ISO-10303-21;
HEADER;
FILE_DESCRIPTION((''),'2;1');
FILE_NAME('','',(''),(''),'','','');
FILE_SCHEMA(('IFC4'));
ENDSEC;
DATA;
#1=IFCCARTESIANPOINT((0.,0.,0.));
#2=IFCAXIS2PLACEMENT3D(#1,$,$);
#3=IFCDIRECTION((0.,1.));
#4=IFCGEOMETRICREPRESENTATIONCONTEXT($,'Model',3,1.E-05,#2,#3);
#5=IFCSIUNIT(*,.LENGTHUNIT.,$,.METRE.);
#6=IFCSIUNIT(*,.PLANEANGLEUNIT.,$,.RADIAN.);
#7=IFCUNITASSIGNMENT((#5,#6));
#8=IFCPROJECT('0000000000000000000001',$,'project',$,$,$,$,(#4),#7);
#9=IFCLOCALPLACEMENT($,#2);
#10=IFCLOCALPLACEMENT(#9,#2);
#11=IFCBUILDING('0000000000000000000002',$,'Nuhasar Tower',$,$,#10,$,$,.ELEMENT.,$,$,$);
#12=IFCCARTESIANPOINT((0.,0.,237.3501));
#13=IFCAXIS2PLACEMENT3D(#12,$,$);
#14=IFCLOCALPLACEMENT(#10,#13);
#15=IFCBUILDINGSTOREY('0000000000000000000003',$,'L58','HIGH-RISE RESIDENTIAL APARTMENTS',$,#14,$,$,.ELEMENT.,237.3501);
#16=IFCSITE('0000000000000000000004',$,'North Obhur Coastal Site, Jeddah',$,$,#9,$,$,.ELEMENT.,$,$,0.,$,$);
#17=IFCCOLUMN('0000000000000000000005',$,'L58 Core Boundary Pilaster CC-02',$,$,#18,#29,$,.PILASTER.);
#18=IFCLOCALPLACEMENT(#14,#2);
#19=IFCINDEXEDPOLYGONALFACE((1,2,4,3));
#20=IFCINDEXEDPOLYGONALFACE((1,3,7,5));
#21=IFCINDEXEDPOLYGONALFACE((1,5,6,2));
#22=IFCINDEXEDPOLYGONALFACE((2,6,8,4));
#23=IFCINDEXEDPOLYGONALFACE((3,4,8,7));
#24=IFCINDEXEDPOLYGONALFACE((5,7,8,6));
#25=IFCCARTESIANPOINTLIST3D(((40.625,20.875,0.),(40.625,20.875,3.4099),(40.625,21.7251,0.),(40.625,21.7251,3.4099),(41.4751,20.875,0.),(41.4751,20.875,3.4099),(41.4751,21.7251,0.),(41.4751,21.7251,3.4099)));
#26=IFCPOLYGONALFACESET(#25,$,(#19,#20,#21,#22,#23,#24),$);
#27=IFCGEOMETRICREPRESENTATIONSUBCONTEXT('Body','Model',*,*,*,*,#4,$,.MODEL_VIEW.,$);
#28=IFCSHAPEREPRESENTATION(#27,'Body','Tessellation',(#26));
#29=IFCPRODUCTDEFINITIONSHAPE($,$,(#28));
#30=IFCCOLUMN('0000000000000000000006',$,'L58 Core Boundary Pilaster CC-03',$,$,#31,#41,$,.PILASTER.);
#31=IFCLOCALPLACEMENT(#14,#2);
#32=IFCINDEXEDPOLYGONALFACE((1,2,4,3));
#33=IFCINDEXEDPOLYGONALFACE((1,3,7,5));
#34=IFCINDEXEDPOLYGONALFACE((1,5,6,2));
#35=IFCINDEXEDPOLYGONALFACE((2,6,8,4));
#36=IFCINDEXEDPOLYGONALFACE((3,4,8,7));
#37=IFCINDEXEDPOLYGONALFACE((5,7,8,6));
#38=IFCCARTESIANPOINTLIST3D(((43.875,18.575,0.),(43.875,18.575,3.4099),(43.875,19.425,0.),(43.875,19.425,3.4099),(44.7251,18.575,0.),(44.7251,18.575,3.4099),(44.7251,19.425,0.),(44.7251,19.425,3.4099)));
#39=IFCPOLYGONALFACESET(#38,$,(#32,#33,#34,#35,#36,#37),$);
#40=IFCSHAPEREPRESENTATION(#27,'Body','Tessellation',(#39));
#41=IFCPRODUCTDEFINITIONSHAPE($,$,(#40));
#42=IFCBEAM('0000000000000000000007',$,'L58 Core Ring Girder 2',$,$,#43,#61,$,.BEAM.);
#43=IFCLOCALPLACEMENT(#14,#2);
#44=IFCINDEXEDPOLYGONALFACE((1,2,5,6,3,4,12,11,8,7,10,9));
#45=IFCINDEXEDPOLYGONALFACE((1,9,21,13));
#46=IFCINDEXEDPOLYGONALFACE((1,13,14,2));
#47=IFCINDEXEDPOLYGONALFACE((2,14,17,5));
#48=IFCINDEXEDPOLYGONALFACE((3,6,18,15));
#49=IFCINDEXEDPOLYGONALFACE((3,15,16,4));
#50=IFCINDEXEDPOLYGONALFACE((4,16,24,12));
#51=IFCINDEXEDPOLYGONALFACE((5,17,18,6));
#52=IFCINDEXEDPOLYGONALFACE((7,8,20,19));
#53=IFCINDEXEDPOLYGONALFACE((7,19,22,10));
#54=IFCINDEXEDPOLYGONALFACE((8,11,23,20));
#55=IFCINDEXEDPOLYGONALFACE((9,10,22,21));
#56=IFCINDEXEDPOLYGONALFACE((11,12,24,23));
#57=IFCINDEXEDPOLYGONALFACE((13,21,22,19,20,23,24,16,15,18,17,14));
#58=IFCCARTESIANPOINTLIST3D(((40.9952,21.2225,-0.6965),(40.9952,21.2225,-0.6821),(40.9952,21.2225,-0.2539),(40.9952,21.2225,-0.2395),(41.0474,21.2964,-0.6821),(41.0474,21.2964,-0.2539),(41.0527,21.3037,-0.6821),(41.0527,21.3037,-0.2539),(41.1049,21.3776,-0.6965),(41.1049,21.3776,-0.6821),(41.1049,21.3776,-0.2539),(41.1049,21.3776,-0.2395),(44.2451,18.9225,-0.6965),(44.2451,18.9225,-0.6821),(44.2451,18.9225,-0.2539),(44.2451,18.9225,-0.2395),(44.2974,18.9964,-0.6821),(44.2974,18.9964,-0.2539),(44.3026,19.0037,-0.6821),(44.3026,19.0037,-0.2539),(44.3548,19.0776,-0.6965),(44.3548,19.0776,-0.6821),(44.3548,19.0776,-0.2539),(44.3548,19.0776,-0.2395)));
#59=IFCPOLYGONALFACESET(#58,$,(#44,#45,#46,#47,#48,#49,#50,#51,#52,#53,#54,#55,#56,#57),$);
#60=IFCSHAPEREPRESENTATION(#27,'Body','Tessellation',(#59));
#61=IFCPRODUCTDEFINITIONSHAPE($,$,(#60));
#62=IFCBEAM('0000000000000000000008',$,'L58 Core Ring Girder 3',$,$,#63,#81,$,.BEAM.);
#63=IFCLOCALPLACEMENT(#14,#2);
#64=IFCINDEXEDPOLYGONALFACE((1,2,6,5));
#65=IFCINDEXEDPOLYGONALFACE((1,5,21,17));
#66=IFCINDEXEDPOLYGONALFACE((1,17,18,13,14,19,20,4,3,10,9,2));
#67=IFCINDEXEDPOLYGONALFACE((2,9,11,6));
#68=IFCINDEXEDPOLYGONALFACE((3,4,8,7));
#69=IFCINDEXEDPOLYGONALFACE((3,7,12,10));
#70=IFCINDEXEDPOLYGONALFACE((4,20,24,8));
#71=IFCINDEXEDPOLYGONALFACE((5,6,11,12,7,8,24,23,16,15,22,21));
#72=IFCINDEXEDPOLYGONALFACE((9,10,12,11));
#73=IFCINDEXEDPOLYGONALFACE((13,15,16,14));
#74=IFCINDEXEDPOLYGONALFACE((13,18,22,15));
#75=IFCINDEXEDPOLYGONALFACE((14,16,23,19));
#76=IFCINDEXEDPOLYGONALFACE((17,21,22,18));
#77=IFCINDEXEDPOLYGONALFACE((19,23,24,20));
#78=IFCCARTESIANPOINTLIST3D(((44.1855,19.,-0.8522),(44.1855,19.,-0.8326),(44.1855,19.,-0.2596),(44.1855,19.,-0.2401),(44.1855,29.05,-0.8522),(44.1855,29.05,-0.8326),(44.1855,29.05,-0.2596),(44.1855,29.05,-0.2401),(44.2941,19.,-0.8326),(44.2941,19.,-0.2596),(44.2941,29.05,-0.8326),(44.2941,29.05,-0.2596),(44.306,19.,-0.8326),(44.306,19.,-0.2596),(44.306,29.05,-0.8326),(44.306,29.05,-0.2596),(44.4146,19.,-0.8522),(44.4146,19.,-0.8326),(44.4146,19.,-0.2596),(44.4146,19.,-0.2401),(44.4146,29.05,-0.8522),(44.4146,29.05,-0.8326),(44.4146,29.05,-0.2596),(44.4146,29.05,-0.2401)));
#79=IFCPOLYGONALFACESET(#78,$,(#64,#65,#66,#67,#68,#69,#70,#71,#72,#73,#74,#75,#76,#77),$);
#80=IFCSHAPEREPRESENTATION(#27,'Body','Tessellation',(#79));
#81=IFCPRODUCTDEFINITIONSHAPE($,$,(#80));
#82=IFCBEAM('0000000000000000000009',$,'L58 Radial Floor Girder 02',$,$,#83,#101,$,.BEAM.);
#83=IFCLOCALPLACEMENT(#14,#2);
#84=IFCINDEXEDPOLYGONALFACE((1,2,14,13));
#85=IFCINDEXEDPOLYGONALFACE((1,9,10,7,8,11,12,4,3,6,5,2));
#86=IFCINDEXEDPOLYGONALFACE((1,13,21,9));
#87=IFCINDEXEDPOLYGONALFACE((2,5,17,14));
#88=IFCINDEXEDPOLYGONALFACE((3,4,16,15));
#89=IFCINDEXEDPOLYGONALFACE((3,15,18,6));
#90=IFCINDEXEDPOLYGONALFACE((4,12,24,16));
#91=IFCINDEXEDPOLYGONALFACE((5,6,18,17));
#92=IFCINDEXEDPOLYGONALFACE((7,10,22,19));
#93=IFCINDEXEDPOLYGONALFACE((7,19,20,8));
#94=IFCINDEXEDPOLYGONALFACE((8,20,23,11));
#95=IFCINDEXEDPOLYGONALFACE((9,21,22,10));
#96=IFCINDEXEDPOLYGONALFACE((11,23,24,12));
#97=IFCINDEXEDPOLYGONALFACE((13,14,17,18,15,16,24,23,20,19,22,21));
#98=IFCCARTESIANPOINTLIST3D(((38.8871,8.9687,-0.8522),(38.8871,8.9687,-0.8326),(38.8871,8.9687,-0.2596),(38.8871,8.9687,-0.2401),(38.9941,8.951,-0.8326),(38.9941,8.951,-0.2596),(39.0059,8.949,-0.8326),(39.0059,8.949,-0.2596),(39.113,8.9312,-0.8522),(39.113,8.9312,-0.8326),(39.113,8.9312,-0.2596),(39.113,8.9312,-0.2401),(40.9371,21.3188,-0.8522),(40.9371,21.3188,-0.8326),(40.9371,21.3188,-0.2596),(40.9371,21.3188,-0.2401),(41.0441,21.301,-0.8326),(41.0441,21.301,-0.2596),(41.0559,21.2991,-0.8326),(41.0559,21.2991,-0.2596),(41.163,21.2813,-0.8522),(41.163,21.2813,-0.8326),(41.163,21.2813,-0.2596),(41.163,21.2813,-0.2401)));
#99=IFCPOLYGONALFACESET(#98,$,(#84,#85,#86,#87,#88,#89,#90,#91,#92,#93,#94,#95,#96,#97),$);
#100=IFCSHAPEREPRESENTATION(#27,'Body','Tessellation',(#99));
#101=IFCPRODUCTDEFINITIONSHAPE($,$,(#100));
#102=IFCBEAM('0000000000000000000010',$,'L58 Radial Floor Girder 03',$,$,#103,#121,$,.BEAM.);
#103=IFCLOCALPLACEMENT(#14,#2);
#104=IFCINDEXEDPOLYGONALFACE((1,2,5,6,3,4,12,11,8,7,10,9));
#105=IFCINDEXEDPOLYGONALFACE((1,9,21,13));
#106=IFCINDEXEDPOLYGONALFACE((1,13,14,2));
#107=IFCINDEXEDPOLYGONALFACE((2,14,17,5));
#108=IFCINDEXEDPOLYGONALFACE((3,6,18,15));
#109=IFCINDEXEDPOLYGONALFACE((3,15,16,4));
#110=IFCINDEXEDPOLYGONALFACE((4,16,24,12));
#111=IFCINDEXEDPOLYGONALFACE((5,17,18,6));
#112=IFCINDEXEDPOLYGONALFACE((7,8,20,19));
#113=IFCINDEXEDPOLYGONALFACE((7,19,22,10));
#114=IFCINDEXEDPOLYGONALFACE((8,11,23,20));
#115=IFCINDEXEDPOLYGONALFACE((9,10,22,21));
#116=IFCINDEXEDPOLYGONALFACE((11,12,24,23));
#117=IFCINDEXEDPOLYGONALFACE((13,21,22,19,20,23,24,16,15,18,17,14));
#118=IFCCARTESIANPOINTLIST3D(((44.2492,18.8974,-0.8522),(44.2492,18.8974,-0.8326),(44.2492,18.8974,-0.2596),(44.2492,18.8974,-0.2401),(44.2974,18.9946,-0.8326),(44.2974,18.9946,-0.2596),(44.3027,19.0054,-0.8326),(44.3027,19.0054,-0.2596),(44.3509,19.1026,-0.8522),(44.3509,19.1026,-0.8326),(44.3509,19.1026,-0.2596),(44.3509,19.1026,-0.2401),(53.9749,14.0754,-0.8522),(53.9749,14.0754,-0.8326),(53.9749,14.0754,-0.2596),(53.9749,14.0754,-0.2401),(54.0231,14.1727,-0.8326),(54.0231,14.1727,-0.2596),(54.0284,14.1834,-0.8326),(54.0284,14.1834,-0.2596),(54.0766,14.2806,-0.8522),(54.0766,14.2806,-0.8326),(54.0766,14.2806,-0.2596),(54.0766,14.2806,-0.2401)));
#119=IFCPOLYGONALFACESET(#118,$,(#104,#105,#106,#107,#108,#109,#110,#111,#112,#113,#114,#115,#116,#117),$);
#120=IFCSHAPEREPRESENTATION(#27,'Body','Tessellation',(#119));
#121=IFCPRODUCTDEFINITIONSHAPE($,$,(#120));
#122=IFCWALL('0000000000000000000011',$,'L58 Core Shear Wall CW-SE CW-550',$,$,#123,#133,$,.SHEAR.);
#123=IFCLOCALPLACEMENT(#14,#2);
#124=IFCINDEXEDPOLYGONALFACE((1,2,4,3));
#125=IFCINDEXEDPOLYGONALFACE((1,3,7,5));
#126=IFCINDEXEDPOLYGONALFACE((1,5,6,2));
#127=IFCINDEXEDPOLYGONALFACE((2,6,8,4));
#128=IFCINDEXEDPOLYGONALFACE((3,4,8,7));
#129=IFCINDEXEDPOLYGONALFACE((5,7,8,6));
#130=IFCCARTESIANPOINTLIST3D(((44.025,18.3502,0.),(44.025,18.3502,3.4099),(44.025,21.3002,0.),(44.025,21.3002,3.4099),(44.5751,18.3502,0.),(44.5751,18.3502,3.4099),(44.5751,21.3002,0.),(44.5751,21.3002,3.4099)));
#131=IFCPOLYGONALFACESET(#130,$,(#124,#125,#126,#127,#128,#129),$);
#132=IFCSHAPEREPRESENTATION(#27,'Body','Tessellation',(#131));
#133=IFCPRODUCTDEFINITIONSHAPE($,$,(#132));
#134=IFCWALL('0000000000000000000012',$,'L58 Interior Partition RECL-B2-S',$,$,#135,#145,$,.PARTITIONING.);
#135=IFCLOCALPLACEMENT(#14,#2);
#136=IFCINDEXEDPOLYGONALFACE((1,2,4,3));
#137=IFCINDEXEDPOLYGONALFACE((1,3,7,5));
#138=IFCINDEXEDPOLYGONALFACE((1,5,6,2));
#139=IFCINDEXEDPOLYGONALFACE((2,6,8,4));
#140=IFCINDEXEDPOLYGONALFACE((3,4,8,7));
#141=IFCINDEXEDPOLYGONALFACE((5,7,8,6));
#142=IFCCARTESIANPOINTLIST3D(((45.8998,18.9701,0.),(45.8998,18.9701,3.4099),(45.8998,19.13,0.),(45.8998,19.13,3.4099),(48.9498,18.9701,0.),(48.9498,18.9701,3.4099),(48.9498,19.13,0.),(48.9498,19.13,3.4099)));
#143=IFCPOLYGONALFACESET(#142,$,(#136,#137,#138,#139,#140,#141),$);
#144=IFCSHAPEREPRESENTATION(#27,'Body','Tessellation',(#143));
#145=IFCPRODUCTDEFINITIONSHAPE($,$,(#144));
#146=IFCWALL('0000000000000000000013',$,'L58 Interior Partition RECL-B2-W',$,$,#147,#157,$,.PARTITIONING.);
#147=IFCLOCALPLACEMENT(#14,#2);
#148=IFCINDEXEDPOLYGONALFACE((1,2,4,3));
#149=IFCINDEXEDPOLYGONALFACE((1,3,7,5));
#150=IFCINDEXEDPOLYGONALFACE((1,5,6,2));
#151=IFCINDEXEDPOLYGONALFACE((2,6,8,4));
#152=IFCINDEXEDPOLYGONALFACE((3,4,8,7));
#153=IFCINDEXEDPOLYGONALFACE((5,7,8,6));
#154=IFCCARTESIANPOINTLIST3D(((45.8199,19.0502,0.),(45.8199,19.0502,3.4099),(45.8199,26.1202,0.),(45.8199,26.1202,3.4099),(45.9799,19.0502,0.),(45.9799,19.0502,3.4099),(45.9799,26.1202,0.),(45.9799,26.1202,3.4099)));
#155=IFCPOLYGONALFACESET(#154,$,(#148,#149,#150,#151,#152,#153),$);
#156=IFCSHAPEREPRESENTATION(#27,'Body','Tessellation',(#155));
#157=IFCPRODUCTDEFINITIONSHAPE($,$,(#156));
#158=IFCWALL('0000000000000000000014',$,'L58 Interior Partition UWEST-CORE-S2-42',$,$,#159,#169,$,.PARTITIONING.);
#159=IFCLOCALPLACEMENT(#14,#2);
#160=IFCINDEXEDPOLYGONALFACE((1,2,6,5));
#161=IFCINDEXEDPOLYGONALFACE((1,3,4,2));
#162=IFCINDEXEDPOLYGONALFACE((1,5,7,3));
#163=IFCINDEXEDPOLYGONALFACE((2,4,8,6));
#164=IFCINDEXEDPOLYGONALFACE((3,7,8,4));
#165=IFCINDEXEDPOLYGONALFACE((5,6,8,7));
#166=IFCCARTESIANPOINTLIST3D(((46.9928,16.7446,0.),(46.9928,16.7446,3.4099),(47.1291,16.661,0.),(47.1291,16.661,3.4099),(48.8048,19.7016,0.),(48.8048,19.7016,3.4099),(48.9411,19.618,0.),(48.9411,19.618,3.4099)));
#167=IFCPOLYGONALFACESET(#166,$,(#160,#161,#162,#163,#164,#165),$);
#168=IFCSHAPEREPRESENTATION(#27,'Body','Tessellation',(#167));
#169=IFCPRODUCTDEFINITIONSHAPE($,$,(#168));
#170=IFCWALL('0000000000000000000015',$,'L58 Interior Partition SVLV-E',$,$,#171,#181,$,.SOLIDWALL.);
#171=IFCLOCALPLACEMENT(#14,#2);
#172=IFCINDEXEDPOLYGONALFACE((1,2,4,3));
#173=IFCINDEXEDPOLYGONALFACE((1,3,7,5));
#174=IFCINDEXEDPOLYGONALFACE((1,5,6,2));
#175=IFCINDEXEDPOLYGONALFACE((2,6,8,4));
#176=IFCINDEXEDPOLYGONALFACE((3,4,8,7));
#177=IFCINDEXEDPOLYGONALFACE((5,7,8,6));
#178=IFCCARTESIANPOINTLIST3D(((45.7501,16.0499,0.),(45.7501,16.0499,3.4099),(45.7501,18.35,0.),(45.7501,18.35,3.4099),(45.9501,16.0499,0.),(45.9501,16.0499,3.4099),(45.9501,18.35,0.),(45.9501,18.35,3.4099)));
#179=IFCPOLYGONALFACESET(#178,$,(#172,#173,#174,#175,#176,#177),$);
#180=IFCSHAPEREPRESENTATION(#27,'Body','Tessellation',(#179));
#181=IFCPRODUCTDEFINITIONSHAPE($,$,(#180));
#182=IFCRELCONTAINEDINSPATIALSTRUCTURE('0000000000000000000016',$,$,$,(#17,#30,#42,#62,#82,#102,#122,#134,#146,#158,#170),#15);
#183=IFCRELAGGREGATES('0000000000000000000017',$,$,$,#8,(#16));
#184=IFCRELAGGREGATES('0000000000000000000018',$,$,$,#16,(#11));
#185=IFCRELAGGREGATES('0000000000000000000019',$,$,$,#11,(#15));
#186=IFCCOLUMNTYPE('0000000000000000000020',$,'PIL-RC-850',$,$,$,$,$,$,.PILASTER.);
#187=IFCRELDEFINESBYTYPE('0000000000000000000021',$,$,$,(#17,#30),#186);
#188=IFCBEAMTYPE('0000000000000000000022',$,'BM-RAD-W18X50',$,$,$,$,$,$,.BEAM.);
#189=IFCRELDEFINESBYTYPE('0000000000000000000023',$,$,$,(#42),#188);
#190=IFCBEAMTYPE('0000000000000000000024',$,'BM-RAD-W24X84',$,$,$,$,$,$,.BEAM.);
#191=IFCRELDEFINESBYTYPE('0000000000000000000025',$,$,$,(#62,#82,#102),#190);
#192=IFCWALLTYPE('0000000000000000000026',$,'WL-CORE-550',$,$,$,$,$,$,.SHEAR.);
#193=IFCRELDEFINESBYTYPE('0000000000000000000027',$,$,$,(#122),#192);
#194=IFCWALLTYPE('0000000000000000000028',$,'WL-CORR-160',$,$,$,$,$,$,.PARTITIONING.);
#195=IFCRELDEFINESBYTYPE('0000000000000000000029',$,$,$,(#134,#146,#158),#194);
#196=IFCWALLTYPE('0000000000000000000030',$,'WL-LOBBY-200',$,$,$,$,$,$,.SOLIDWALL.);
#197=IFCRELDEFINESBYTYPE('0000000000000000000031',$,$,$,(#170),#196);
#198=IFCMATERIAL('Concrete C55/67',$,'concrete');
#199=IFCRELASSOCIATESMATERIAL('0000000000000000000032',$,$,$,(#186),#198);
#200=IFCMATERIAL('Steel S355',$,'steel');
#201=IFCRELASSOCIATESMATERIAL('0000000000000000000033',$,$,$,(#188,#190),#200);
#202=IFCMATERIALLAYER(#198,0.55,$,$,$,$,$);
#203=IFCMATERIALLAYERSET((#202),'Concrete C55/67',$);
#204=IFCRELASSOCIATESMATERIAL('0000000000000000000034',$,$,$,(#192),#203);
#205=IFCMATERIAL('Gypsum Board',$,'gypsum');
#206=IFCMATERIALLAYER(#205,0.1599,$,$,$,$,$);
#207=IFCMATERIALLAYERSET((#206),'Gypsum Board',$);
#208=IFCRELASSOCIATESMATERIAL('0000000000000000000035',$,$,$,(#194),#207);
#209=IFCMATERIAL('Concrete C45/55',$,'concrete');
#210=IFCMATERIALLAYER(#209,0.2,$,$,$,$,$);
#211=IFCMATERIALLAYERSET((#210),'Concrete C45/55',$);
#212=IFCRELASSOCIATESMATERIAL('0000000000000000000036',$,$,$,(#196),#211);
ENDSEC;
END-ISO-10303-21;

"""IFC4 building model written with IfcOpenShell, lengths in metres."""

from ifc_helpers import new_model, si_unit, direction, frame, frame_2d, origin, origin_2d, place, context, subcontext, project, spatial, rectangle, i_section, extrude, material, layer, layer_set, material_profile, profile_set, type_object, element, save


model = new_model("IFC4")

# Units and contexts
model_context = context("Model", 3, precision=1e-05, world=origin(), true_north=direction((0.0, 1.0)))
body_context = subcontext(model_context, "Body", "Model", "MODEL_VIEW")
ifc_project = project(units=[si_unit("LENGTHUNIT", "METRE"), si_unit("PLANEANGLEUNIT", "RADIAN")], contexts=[model_context])

# Site, building, storey
site_placement = place(None, origin())
site = spatial("IfcSite", under=ifc_project, at=site_placement, Name="North Obhur Coastal Site, Jeddah", CompositionType="ELEMENT", RefElevation=0.0)
building_placement = place(site_placement, origin())
building = spatial("IfcBuilding", under=site, at=building_placement, Name="Nuhasar Tower", CompositionType="ELEMENT")
storey_placement = place(building_placement, frame((0.0, 0.0, 237.3501)))
storey = spatial("IfcBuildingStorey", under=building, at=storey_placement, Name="L58", Description="HIGH-RISE RESIDENTIAL APARTMENTS", CompositionType="ELEMENT", Elevation=237.3501)

# Columns
ifc_material_1 = material(Name="Concrete C55/67", Category="concrete")
ifc_material_profile_1 = material_profile(ifc_material_1, rectangle(XDim=0.8501, YDim=0.8501, at=origin_2d()), Name="RC850X850")
ifc_profile_set_1 = profile_set([ifc_material_profile_1], Name="Concrete C55/67")
column_type = type_object("IfcColumnType", Name="PIL-RC-850", PredefinedType="PILASTER", material=ifc_profile_set_1)
for number, where, z_axis, x_axis, name in (
    (1, (41.05, 21.3, 0.0), (0.0, 0.0, 1.0), (1.0, 0.0, 0.0), "L58 Core Boundary Pilaster CC-02"),
    (2, (44.3, 19.0, 0.0), (0.0, 0.0, 1.0), (1.0, 0.0, 0.0), "L58 Core Boundary Pilaster CC-03"),
):
    element("IfcColumn", number, at=place(storey_placement, frame(where, z_axis=z_axis, x_axis=x_axis)), inside=storey, type_object=column_type, Name=name, PredefinedType="PILASTER", context=body_context, shape_type="SweptSolid", body=[
        extrude(rectangle(XDim=0.8501, YDim=0.8501, at=origin_2d()), origin(), (0.0, 0.0, 1.0), 3.4099),
    ])

# Beams
ifc_material_2 = material(Name="Steel S355", Category="steel")
ifc_material_profile_2 = material_profile(ifc_material_2, i_section(OverallWidth=0.1899, OverallDepth=0.457, WebThickness=0.009, FlangeThickness=0.0144, at=origin_2d()), Name="W18X50")
ifc_profile_set_2 = profile_set([ifc_material_profile_2], Name="Steel S355")
beam_type_1 = type_object("IfcBeamType", Name="BM-RAD-W18X50", PredefinedType="BEAM", material=ifc_profile_set_2)
beam_1_placement = place(storey_placement, frame((41.05, 21.3, -0.468), z_axis=(0.816265, -0.577677, 0.0), x_axis=(0.577677, 0.816265, 0.0)))
element("IfcBeam", 3, at=beam_1_placement, inside=storey, type_object=beam_type_1, Name="L58 Core Ring Girder 2", PredefinedType="BEAM", context=body_context, shape_type="SweptSolid", body=[
    extrude(i_section(OverallWidth=0.1899, OverallDepth=0.457, WebThickness=0.009, FlangeThickness=0.0144, at=origin_2d()), origin(), (0.0, 0.0, 1.0), 3.9814),
])
ifc_material_profile_3 = material_profile(ifc_material_2, i_section(OverallWidth=0.229, OverallDepth=0.6121, WebThickness=0.012, FlangeThickness=0.0195, at=origin_2d()), Name="W24X84")
ifc_profile_set_3 = profile_set([ifc_material_profile_3], Name="Steel S355")
beam_type_2 = type_object("IfcBeamType", Name="BM-RAD-W24X84", PredefinedType="BEAM", material=ifc_profile_set_3)
beam_2_placement = place(storey_placement, frame((44.3, 19.0, -0.5461), z_axis=(0.0, 1.0, 0.0), x_axis=(-1.0, 0.0, 0.0)))
element("IfcBeam", 4, at=beam_2_placement, inside=storey, type_object=beam_type_2, Name="L58 Core Ring Girder 3", PredefinedType="BEAM", context=body_context, shape_type="SweptSolid", body=[
    extrude(i_section(OverallWidth=0.229, OverallDepth=0.6121, WebThickness=0.012, FlangeThickness=0.0195, at=origin_2d()), origin(), (0.0, 0.0, 1.0), 10.05),
])
beam_3_placement = place(storey_placement, frame((41.05, 21.3, -0.5461), z_axis=(-0.163754, -0.986501, 0.0), x_axis=(0.986501, -0.163754, 0.0)))
element("IfcBeam", 5, at=beam_3_placement, inside=storey, type_object=beam_type_2, Name="L58 Radial Floor Girder 02", PredefinedType="BEAM", context=body_context, shape_type="SweptSolid", body=[
    extrude(i_section(OverallWidth=0.229, OverallDepth=0.6121, WebThickness=0.012, FlangeThickness=0.0195, at=origin_2d()), origin(), (0.0, 0.0, 1.0), 12.519),
])
beam_4_placement = place(storey_placement, frame((44.3, 19.0, -0.5461), z_axis=(0.895929, -0.444197, 0.0), x_axis=(0.444197, 0.895929, 0.0)))
element("IfcBeam", 6, at=beam_4_placement, inside=storey, type_object=beam_type_2, Name="L58 Radial Floor Girder 03", PredefinedType="BEAM", context=body_context, shape_type="SweptSolid", body=[
    extrude(i_section(OverallWidth=0.229, OverallDepth=0.6121, WebThickness=0.012, FlangeThickness=0.0195, at=origin_2d()), origin(), (0.0, 0.0, 1.0), 10.8555),
])

# Walls
ifc_layer_1 = layer(ifc_material_1, 0.55)
ifc_layer_set_1 = layer_set([ifc_layer_1], Name="Concrete C55/67")
wall_type_1 = type_object("IfcWallType", Name="WL-CORE-550", PredefinedType="SHEAR", material=ifc_layer_set_1)
wall_1_placement = place(storey_placement, frame((44.3, 18.3501, 0.0), z_axis=(0.0, 0.0, 1.0), x_axis=(0.0, 1.0, 0.0)))
element("IfcWall", 7, at=wall_1_placement, inside=storey, type_object=wall_type_1, Name="L58 Core Shear Wall CW-SE CW-550", PredefinedType="SHEAR", context=body_context, shape_type="SweptSolid", body=[
    extrude(rectangle(XDim=2.95, YDim=0.55, at=frame_2d((1.4751, 0.0))), origin(), (0.0, 0.0, 1.0), 3.4099),
])
ifc_material_3 = material(Name="Gypsum Board", Category="gypsum")
ifc_layer_2 = layer(ifc_material_3, 0.1599)
ifc_layer_set_2 = layer_set([ifc_layer_2], Name="Gypsum Board")
wall_type_2 = type_object("IfcWallType", Name="WL-CORR-160", PredefinedType="PARTITIONING", material=ifc_layer_set_2)
wall_2_placement = place(storey_placement, frame((45.8999, 19.05, 0.0), z_axis=(0.0, 0.0, 1.0), x_axis=(1.0, 0.0, 0.0)))
element("IfcWall", 8, at=wall_2_placement, inside=storey, type_object=wall_type_2, Name="L58 Interior Partition RECL-B2-S", PredefinedType="PARTITIONING", context=body_context, shape_type="SweptSolid", body=[
    extrude(rectangle(XDim=3.05, YDim=0.1599, at=frame_2d((1.5249, 0.0))), origin(), (0.0, 0.0, 1.0), 3.4099),
])
wall_3_placement = place(storey_placement, frame((45.8999, 19.05, 0.0), z_axis=(0.0, 0.0, 1.0), x_axis=(0.0, 1.0, 0.0)))
element("IfcWall", 9, at=wall_3_placement, inside=storey, type_object=wall_type_2, Name="L58 Interior Partition RECL-B2-W", PredefinedType="PARTITIONING", context=body_context, shape_type="SweptSolid", body=[
    extrude(rectangle(XDim=7.0701, YDim=0.1599, at=frame_2d((3.5352, 0.0))), origin(), (0.0, 0.0, 1.0), 3.4099),
])
wall_4_placement = place(storey_placement, frame((47.061, 16.7029, 0.0), z_axis=(0.0, 0.0, 1.0), x_axis=(0.522486, 0.852648, 0.0)))
element("IfcWall", 10, at=wall_4_placement, inside=storey, type_object=wall_type_2, Name="L58 Interior Partition UWEST-CORE-S2-42", PredefinedType="PARTITIONING", context=body_context, shape_type="SweptSolid", body=[
    extrude(rectangle(XDim=3.468, YDim=0.1599, at=frame_2d((1.7339, 0.0))), origin(), (0.0, 0.0, 1.0), 3.4099),
])

# Shared definitions
ifc_material_4 = material(Name="Concrete C45/55", Category="concrete")
ifc_layer_3 = layer(ifc_material_4, 0.2)
ifc_layer_set_3 = layer_set([ifc_layer_3], Name="Concrete C45/55")
wall_type_3 = type_object("IfcWallType", Name="WL-LOBBY-200", PredefinedType="SOLIDWALL", material=ifc_layer_set_3)

# Wall
wall_5_placement = place(storey_placement, frame((45.8501, 16.05, 0.0), z_axis=(0.0, 0.0, 1.0), x_axis=(0.0, 1.0, 0.0)))
element("IfcWall", 11, at=wall_5_placement, inside=storey, type_object=wall_type_3, Name="L58 Interior Partition SVLV-E", PredefinedType="SOLIDWALL", context=body_context, shape_type="SweptSolid", body=[
    extrude(rectangle(XDim=2.3, YDim=0.2, at=frame_2d((1.1499, 0.0))), origin(), (0.0, 0.0, 1.0), 3.4099),
])

save(model, "model.ifc")
